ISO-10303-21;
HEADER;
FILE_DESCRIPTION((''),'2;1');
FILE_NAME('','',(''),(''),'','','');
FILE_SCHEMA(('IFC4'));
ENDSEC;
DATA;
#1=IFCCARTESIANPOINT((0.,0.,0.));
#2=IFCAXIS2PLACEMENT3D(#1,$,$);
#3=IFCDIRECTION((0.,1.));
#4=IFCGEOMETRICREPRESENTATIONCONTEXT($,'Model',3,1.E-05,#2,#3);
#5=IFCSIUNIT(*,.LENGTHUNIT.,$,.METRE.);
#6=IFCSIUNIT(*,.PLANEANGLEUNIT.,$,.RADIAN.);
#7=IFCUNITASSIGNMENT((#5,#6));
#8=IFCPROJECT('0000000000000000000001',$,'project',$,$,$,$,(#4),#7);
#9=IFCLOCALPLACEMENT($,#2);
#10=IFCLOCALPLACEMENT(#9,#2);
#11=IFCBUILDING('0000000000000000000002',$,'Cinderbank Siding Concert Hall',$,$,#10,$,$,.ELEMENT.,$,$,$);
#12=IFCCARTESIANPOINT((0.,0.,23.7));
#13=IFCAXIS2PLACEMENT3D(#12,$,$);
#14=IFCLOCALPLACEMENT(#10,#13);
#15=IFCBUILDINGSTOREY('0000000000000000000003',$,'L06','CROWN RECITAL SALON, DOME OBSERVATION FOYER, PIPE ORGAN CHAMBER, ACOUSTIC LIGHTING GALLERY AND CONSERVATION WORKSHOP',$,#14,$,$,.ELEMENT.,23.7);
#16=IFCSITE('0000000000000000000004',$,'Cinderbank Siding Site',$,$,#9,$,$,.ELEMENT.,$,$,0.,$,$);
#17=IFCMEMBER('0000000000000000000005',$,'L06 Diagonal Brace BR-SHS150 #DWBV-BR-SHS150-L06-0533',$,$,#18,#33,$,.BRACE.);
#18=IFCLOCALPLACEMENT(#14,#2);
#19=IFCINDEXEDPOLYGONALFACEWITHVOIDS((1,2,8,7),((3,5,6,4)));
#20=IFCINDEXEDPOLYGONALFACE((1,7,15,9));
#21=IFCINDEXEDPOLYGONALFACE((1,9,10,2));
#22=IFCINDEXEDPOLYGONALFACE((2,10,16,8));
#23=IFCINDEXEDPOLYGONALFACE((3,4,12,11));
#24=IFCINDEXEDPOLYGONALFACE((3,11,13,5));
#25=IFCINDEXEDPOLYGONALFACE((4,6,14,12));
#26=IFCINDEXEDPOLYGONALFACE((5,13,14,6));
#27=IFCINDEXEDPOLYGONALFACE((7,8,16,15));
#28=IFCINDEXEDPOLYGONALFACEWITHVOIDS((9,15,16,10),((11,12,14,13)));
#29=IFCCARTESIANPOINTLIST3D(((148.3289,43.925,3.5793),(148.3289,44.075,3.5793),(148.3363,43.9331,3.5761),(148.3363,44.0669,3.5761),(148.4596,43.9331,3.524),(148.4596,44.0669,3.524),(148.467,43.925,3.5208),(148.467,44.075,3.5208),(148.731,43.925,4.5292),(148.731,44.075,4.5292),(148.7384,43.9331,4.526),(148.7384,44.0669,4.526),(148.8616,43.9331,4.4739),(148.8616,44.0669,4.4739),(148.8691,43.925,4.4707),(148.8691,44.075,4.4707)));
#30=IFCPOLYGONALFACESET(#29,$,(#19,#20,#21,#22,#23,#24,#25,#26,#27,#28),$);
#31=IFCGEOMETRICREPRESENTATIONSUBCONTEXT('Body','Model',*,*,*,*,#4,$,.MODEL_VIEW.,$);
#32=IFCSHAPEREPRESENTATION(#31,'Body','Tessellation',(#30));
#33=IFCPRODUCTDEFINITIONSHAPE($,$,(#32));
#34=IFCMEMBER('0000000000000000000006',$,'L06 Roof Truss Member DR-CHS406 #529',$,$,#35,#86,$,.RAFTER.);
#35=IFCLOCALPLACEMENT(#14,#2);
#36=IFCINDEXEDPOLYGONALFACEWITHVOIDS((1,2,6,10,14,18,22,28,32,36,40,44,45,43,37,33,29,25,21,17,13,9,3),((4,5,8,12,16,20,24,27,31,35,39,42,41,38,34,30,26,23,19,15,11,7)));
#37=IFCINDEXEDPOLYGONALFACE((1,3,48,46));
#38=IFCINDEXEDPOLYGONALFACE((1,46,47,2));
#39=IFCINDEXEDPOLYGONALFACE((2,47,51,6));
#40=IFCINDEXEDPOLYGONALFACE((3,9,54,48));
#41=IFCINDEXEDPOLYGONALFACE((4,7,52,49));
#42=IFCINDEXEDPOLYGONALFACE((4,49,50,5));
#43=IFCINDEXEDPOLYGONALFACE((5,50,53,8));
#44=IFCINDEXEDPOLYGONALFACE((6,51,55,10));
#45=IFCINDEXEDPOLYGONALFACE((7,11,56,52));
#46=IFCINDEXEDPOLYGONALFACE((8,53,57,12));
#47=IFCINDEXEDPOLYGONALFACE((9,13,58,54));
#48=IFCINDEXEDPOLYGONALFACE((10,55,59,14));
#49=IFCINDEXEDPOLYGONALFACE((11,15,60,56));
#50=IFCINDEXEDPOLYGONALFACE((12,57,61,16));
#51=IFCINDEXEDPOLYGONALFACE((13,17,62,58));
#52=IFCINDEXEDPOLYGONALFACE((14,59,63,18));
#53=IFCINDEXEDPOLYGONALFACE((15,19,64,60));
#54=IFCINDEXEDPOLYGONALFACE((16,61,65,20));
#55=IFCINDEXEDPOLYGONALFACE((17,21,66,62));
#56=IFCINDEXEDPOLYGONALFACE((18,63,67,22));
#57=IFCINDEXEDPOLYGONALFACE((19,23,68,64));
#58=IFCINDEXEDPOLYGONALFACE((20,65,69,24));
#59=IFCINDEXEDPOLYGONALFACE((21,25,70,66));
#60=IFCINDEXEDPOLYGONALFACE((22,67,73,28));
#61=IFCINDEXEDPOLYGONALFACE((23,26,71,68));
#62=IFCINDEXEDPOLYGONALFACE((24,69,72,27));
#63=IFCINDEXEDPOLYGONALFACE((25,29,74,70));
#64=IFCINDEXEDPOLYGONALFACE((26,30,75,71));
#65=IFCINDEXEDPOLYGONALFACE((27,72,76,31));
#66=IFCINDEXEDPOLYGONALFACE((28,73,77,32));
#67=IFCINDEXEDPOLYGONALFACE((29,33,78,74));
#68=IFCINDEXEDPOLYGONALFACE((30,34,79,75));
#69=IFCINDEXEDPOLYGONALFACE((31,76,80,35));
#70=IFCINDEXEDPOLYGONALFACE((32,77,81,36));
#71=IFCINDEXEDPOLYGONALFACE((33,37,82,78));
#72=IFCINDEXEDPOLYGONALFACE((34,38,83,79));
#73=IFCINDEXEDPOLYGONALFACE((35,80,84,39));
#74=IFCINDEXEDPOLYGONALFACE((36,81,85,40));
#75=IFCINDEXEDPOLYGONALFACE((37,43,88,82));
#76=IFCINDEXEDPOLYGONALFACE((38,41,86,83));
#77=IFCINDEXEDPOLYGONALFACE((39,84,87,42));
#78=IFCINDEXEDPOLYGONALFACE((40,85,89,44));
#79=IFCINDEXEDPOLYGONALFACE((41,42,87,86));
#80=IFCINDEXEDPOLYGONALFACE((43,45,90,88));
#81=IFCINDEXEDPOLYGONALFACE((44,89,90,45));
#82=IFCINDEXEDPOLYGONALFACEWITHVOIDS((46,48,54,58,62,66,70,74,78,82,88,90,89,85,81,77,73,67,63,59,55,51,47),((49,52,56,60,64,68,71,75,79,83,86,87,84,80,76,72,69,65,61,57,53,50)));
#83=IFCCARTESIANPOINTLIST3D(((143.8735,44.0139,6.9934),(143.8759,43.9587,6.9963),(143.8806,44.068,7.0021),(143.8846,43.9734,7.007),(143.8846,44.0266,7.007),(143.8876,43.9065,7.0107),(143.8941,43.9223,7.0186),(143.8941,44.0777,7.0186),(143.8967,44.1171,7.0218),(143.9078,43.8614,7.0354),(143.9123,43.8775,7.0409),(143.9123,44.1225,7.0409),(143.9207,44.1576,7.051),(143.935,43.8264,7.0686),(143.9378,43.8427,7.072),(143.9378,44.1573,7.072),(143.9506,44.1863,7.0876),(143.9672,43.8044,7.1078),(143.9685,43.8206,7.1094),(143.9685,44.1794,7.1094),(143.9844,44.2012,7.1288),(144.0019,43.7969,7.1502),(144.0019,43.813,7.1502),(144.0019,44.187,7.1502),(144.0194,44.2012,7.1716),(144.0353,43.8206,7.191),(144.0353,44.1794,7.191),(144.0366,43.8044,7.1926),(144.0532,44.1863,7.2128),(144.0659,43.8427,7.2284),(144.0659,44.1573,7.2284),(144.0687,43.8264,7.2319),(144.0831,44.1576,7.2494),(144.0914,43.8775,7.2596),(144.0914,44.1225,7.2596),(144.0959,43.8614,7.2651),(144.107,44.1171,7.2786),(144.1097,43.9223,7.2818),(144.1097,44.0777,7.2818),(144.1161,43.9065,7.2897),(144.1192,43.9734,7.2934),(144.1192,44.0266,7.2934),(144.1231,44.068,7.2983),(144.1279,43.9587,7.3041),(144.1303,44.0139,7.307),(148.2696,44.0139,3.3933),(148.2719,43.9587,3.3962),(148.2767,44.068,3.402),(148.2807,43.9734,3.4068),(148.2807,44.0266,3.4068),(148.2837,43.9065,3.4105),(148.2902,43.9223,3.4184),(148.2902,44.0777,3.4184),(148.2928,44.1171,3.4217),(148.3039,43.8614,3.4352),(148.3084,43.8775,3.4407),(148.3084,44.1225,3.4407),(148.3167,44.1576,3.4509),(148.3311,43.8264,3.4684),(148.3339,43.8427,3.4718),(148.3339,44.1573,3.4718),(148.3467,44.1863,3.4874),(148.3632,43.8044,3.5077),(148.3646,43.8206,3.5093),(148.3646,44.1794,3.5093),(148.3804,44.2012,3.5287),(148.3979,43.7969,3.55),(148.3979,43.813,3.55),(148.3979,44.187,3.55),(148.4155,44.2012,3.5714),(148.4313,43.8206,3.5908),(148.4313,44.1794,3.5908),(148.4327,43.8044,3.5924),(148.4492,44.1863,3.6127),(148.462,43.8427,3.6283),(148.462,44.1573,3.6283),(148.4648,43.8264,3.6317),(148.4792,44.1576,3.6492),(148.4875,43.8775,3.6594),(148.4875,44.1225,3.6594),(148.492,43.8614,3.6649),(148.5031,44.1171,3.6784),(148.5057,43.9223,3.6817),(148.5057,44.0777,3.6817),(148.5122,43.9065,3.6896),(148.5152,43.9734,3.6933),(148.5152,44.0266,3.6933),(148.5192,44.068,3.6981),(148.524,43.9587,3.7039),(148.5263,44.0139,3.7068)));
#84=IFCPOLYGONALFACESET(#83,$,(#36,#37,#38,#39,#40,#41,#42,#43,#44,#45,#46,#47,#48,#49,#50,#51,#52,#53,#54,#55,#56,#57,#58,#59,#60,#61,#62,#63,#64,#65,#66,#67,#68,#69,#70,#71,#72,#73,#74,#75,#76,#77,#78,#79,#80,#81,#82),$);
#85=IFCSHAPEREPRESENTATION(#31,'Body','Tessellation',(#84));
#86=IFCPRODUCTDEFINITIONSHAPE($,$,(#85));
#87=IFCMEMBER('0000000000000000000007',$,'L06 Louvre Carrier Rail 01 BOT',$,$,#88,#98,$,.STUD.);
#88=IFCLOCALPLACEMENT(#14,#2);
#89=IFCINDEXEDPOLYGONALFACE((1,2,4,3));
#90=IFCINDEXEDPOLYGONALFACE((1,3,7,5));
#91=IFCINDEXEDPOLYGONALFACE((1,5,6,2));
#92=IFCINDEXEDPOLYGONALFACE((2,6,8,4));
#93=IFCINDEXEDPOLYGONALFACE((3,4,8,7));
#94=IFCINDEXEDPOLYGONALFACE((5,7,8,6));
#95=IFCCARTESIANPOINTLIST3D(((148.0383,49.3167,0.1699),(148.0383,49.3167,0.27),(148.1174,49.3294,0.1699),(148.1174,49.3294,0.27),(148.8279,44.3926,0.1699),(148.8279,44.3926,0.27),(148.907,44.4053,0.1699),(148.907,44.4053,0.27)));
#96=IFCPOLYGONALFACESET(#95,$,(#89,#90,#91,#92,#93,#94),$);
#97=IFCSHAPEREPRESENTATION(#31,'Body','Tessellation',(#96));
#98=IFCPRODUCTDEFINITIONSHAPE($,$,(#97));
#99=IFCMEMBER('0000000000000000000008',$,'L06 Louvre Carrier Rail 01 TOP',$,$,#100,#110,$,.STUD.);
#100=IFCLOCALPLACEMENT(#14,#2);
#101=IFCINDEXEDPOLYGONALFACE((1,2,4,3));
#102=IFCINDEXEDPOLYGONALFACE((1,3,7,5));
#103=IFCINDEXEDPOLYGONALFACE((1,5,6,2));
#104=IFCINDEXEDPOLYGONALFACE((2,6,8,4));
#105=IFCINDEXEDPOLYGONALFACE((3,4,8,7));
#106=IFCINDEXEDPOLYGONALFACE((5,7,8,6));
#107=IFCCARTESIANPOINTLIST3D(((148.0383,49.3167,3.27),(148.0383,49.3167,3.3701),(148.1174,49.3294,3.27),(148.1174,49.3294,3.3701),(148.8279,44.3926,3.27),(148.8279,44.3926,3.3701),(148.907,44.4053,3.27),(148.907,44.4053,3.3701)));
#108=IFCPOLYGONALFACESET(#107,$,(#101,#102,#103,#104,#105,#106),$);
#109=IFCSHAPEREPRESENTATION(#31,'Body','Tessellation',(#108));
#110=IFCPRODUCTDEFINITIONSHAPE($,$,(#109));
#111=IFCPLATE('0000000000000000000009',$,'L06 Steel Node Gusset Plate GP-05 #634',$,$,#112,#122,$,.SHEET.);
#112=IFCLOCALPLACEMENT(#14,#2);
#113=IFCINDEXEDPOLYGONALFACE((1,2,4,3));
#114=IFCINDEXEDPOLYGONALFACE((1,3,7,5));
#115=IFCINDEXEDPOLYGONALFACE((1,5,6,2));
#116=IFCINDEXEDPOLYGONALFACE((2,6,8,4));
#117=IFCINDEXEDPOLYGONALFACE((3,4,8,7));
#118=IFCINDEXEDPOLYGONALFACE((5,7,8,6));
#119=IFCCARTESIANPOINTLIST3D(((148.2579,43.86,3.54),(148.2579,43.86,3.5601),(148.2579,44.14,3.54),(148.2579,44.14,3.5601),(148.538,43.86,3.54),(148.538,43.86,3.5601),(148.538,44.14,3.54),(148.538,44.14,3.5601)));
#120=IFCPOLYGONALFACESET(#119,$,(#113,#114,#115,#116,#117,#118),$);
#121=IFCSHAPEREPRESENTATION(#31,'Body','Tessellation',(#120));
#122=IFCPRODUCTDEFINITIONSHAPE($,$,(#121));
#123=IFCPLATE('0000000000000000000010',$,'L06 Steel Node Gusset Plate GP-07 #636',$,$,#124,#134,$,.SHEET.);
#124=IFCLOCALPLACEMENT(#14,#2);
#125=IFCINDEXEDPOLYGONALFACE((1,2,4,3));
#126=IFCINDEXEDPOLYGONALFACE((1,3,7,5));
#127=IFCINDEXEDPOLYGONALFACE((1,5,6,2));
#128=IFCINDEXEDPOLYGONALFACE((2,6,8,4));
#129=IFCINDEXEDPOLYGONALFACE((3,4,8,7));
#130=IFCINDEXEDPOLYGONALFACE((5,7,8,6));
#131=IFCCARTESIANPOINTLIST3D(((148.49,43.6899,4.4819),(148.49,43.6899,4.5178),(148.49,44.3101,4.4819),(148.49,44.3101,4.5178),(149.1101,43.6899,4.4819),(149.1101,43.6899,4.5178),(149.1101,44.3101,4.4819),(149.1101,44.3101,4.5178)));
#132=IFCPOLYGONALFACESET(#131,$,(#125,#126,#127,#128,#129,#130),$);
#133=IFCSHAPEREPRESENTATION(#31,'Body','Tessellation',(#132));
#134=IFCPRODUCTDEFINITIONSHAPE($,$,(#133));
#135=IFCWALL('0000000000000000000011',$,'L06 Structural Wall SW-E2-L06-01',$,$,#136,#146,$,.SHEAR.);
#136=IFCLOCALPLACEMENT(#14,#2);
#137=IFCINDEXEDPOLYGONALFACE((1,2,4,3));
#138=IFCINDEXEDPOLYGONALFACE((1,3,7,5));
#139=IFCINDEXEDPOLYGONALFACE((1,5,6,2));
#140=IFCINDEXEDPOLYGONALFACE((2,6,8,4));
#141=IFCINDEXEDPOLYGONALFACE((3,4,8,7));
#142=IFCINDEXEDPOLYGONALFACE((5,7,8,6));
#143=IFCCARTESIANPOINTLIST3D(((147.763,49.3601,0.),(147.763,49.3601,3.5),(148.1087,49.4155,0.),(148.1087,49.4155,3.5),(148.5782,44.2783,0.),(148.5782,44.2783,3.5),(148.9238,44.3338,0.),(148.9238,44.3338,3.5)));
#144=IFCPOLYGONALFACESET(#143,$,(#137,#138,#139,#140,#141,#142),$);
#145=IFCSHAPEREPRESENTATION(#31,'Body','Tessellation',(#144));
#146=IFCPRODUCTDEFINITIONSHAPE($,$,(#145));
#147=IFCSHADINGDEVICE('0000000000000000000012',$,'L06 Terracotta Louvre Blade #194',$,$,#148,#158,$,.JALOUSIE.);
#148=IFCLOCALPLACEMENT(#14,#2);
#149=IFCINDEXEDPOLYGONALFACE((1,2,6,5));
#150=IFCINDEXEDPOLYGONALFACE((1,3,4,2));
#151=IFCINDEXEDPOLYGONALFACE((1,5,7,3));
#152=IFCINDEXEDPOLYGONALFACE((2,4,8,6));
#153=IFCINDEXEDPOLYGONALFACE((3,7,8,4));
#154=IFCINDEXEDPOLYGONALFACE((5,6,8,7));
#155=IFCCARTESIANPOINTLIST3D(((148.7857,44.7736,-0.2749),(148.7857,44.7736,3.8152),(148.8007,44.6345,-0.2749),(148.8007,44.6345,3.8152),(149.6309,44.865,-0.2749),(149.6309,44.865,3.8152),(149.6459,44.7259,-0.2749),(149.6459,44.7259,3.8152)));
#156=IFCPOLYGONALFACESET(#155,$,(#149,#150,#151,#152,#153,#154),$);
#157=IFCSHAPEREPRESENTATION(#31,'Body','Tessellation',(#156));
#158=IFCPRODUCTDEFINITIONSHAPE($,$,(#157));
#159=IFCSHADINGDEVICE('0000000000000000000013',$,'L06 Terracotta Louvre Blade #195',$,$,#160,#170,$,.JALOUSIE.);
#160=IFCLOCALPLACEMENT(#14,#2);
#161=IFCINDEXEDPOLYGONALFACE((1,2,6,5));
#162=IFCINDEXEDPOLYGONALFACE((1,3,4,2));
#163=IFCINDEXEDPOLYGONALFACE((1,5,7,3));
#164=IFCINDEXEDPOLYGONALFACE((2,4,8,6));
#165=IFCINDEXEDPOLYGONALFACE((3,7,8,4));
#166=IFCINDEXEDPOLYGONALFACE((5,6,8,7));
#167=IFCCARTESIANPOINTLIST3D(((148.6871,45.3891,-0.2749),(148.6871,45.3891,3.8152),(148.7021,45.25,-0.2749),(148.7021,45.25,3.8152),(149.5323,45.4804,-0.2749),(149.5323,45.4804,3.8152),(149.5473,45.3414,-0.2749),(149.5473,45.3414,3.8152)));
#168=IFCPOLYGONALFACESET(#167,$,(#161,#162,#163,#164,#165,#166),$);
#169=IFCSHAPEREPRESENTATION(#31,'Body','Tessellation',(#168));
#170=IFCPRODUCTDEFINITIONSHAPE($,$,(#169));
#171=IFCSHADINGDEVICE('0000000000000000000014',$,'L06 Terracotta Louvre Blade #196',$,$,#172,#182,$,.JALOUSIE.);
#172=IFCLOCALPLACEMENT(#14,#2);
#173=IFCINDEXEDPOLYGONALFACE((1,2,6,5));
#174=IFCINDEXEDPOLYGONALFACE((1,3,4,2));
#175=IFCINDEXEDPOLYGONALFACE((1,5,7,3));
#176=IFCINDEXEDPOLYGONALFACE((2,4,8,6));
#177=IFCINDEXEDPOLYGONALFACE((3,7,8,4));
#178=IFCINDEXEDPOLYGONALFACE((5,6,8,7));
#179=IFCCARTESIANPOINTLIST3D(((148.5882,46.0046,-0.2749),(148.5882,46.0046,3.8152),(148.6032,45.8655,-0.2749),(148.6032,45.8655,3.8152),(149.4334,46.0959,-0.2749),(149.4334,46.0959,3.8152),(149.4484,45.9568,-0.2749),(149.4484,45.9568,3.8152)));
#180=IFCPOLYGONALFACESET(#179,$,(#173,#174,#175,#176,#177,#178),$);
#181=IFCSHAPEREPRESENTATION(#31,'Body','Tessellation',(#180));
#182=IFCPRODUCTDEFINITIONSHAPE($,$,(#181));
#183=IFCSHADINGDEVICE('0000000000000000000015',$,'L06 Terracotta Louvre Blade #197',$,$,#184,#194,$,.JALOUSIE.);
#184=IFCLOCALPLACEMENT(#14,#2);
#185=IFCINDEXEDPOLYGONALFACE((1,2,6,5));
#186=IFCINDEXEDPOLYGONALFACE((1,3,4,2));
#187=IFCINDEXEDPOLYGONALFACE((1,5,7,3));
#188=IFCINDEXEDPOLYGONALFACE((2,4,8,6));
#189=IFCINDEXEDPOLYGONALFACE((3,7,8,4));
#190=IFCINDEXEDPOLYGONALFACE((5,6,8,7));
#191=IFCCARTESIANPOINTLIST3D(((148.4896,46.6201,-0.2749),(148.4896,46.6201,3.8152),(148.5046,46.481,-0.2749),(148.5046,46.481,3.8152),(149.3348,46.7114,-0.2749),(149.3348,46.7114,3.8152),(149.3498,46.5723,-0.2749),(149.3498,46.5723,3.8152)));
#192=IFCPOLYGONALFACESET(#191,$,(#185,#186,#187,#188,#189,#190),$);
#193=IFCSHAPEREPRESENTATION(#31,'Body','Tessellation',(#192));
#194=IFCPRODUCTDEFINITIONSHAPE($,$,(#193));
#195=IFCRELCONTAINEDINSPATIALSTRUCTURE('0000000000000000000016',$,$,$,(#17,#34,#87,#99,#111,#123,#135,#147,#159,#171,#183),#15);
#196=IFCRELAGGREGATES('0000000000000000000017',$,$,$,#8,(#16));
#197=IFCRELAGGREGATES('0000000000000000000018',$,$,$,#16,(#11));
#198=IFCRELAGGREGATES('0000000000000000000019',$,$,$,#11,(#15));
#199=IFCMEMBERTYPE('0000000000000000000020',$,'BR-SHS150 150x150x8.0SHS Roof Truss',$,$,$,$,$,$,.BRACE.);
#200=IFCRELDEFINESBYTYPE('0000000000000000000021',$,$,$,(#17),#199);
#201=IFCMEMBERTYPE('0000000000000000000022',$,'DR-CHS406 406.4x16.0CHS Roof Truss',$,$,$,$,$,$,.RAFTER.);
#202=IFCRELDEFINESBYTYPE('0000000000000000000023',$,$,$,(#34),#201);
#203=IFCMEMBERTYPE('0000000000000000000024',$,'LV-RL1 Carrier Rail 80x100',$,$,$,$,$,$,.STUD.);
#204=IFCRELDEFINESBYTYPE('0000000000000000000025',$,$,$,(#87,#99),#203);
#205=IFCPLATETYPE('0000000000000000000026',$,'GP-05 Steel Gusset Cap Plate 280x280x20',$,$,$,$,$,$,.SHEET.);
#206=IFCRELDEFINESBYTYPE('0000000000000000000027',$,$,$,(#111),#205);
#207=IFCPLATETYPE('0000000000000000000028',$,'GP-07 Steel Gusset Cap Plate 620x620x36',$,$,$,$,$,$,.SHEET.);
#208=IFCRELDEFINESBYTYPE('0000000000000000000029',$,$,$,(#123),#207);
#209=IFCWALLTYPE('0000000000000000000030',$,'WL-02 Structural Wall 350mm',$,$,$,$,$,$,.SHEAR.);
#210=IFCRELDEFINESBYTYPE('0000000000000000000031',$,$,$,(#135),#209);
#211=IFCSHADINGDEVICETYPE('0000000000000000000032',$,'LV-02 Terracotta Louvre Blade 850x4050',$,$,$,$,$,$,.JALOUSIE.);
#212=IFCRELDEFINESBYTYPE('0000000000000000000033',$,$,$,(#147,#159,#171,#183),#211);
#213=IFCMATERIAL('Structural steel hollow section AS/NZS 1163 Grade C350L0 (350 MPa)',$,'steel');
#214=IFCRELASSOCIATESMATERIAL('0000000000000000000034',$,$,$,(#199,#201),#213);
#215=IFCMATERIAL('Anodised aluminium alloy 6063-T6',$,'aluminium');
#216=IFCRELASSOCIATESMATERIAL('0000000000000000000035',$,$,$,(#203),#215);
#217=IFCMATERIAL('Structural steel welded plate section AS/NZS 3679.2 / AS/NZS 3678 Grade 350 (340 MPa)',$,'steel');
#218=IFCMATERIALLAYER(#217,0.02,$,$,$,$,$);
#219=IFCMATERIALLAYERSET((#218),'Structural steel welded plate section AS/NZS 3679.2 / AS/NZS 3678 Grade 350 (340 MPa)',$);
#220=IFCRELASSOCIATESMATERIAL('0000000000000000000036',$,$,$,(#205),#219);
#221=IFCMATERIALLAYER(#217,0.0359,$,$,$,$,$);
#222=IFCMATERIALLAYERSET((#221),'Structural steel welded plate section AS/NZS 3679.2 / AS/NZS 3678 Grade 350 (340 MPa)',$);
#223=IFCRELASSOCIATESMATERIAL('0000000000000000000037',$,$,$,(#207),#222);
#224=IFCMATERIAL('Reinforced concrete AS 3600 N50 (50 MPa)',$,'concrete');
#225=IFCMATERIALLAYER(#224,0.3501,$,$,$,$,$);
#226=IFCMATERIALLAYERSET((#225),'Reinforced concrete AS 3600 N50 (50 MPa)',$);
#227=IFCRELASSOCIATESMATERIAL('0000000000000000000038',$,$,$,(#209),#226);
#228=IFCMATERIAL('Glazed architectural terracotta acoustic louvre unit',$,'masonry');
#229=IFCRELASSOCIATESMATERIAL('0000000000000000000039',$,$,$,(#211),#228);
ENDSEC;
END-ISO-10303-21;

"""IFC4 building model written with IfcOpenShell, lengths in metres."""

from ifc_helpers import new_model, si_unit, direction, frame, frame_2d, origin, origin_2d, place, context, subcontext, project, spatial, rectangle, hollow_rectangle, hollow_circle, extrude, material, layer, layer_set, material_profile, profile_set, type_object, element, save


model = new_model("IFC4")

# Units and contexts
model_context = context("Model", 3, precision=1e-05, world=origin(), true_north=direction((0.0, 1.0)))
body_context = subcontext(model_context, "Body", "Model", "MODEL_VIEW")
ifc_project = project(units=[si_unit("LENGTHUNIT", "METRE"), si_unit("PLANEANGLEUNIT", "RADIAN")], contexts=[model_context])

# Site, building, storey
site_placement = place(None, origin())
site = spatial("IfcSite", under=ifc_project, at=site_placement, Name="Cinderbank Siding Site", CompositionType="ELEMENT", RefElevation=0.0)
building_placement = place(site_placement, origin())
building = spatial("IfcBuilding", under=site, at=building_placement, Name="Cinderbank Siding Concert Hall", CompositionType="ELEMENT")
storey_placement = place(building_placement, frame((0.0, 0.0, 23.7)))
storey = spatial("IfcBuildingStorey", under=building, at=storey_placement, Name="L06", Description="CROWN RECITAL SALON, DOME OBSERVATION FOYER, PIPE ORGAN CHAMBER, ACOUSTIC LIGHTING GALLERY AND CONSERVATION WORKSHOP", CompositionType="ELEMENT", Elevation=23.7)

# Shared definitions
ifc_material_1 = material(Name="Reinforced concrete AS 3600 N50 (50 MPa)", Category="concrete")

# Shared definitions
ifc_material_2 = material(Name="Structural steel welded plate section AS/NZS 3679.2 / AS/NZS 3678 Grade 350 (340 MPa)", Category="steel")

# Members
ifc_material_3 = material(Name="Structural steel hollow section AS/NZS 1163 Grade C350L0 (350 MPa)", Category="steel")
ifc_material_profile_1 = material_profile(ifc_material_3, hollow_rectangle(XDim=0.1499, YDim=0.1499, WallThickness=0.0081, at=origin_2d()), Name="150x150x8.0SHS", Category="LoadBearing")
ifc_profile_set_1 = profile_set([ifc_material_profile_1], Name="Structural steel hollow section AS/NZS 1163 Grade C350L0 (350 MPa)")
member_type_1 = type_object("IfcMemberType", Name="BR-SHS150 150x150x8.0SHS Roof Truss", PredefinedType="BRACE", material=ifc_profile_set_1)
member_1_placement = place(storey_placement, frame((148.3979, 44.0, 3.55), z_axis=(0.389802, 0.0, 0.920899), x_axis=(0.0, 1.0, 0.0)))
element("IfcMember", 1, at=member_1_placement, inside=storey, type_object=member_type_1, Name="L06 Diagonal Brace BR-SHS150 #DWBV-BR-SHS150-L06-0533", PredefinedType="BRACE", context=body_context, shape_type="SweptSolid", body=[
    extrude(hollow_rectangle(XDim=0.1499, YDim=0.1499, WallThickness=0.0081, at=origin_2d()), origin(), (0.0, 0.0, 1.0), 1.0315),
])
ifc_material_profile_2 = material_profile(ifc_material_3, hollow_circle(Radius=0.2031, WallThickness=0.0161, at=origin_2d()), Name="406.4x16.0CHS", Category="LoadBearing")
ifc_profile_set_2 = profile_set([ifc_material_profile_2], Name="Structural steel hollow section AS/NZS 1163 Grade C350L0 (350 MPa)")
member_type_2 = type_object("IfcMemberType", Name="DR-CHS406 406.4x16.0CHS Roof Truss", PredefinedType="RAFTER", material=ifc_profile_set_2)
member_2_placement = place(storey_placement, frame((148.3979, 44.0, 3.55), z_axis=(-0.773666, 0.0, 0.633593), x_axis=(0.0, -1.0, 0.0)))
element("IfcMember", 2, at=member_2_placement, inside=storey, type_object=member_type_2, Name="L06 Roof Truss Member DR-CHS406 #529", PredefinedType="RAFTER", context=body_context, shape_type="SweptSolid", body=[
    extrude(hollow_circle(Radius=0.2031, WallThickness=0.0161, at=origin_2d()), origin(), (0.0, 0.0, 1.0), 5.6821),
])
ifc_material_4 = material(Name="Anodised aluminium alloy 6063-T6", Category="aluminium")
ifc_material_profile_3 = material_profile(ifc_material_4, rectangle(XDim=0.0801, YDim=0.1001, at=origin_2d()), Name="ALU-RAIL-80x100", Category="LoadBearing")
ifc_profile_set_3 = profile_set([ifc_material_profile_3], Name="Anodised aluminium alloy 6063-T6")
member_type_3 = type_object("IfcMemberType", Name="LV-RL1 Carrier Rail 80x100", PredefinedType="STUD", material=ifc_profile_set_3)
for number, where, z_axis, x_axis, name in (
    (3, (148.8674, 44.3989, 0.22), (-0.158323, 0.987387, 0.0), (-0.987387, -0.158323, 0.0), "L06 Louvre Carrier Rail 01 BOT"),
    (4, (148.8674, 44.3989, 3.3201), (-0.158323, 0.987387, 0.0), (-0.987387, -0.158323, 0.0), "L06 Louvre Carrier Rail 01 TOP"),
):
    element("IfcMember", number, at=place(storey_placement, frame(where, z_axis=z_axis, x_axis=x_axis)), inside=storey, type_object=member_type_3, Name=name, PredefinedType="STUD", context=body_context, shape_type="SweptSolid", body=[
        extrude(rectangle(XDim=0.0801, YDim=0.1001, at=origin_2d()), origin(), (0.0, 0.0, 1.0), 4.9871),
    ])

# Plates
ifc_layer_1 = layer(ifc_material_2, 0.02)
ifc_layer_set_1 = layer_set([ifc_layer_1], Name="Structural steel welded plate section AS/NZS 3679.2 / AS/NZS 3678 Grade 350 (340 MPa)")
plate_type_1 = type_object("IfcPlateType", Name="GP-05 Steel Gusset Cap Plate 280x280x20", PredefinedType="SHEET", material=ifc_layer_set_1)
plate_1_placement = place(storey_placement, frame((148.3979, 44.0, 3.54), z_axis=(0.0, 0.0, 1.0), x_axis=(-1.0, 0.0, 0.0)))
element("IfcPlate", 5, at=plate_1_placement, inside=storey, type_object=plate_type_1, Name="L06 Steel Node Gusset Plate GP-05 #634", PredefinedType="SHEET", context=body_context, shape_type="SweptSolid", body=[
    extrude(rectangle(XDim=0.28, YDim=0.28, at=origin_2d()), origin(), (0.0, 0.0, 1.0), 0.02),
])
ifc_layer_2 = layer(ifc_material_2, 0.0359)
ifc_layer_set_2 = layer_set([ifc_layer_2], Name="Structural steel welded plate section AS/NZS 3679.2 / AS/NZS 3678 Grade 350 (340 MPa)")
plate_type_2 = type_object("IfcPlateType", Name="GP-07 Steel Gusset Cap Plate 620x620x36", PredefinedType="SHEET", material=ifc_layer_set_2)
plate_2_placement = place(storey_placement, frame((148.8, 44.0, 4.4819), z_axis=(0.0, 0.0, 1.0), x_axis=(1.0, 0.0, 0.0)))
element("IfcPlate", 6, at=plate_2_placement, inside=storey, type_object=plate_type_2, Name="L06 Steel Node Gusset Plate GP-07 #636", PredefinedType="SHEET", context=body_context, shape_type="SweptSolid", body=[
    extrude(rectangle(XDim=0.6201, YDim=0.6201, at=origin_2d()), origin(), (0.0, 0.0, 1.0), 0.0359),
])

# Wall
ifc_layer_3 = layer(ifc_material_1, 0.3501)
ifc_layer_set_3 = layer_set([ifc_layer_3], Name="Reinforced concrete AS 3600 N50 (50 MPa)")
wall_type = type_object("IfcWallType", Name="WL-02 Structural Wall 350mm", PredefinedType="SHEAR", material=ifc_layer_set_3)
wall_placement = place(storey_placement, frame((148.751, 44.3062, 0.0), z_axis=(0.0, 0.0, 1.0), x_axis=(-0.158388, 0.987377, 0.0)))
element("IfcWall", 7, at=wall_placement, inside=storey, type_object=wall_type, Name="L06 Structural Wall SW-E2-L06-01", PredefinedType="SHEAR", context=body_context, shape_type="SweptSolid", body=[
    extrude(rectangle(XDim=5.1467, YDim=0.3501, at=frame_2d((2.5732, 0.0))), origin(), (0.0, 0.0, 1.0), 3.5),
])

# Shading devices
ifc_material_5 = material(Name="Glazed architectural terracotta acoustic louvre unit", Category="masonry")
shading_device_type = type_object("IfcShadingDeviceType", Name="LV-02 Terracotta Louvre Blade 850x4050", PredefinedType="JALOUSIE", material=ifc_material_5)
for number, where, z_axis, x_axis, name in (
    (8, (149.2158, 44.7498, -0.2749), (0.0, 0.0, 1.0), (0.994211, 0.107447, 0.0), "L06 Terracotta Louvre Blade #194"),
    (9, (149.1172, 45.3652, -0.2749), (0.0, 0.0, 1.0), (0.994211, 0.107447, 0.0), "L06 Terracotta Louvre Blade #195"),
    (10, (149.0183, 45.9807, -0.2749), (0.0, 0.0, 1.0), (0.994211, 0.107447, 0.0), "L06 Terracotta Louvre Blade #196"),
    (11, (148.9197, 46.5962, -0.2749), (0.0, 0.0, 1.0), (0.994211, 0.107447, 0.0), "L06 Terracotta Louvre Blade #197"),
):
    element("IfcShadingDevice", number, at=place(storey_placement, frame(where, z_axis=z_axis, x_axis=x_axis)), inside=storey, type_object=shading_device_type, Name=name, PredefinedType="JALOUSIE", context=body_context, shape_type="SweptSolid", body=[
        extrude(rectangle(XDim=0.8501, YDim=0.1399, at=origin_2d()), origin(), (0.0, 0.0, 1.0), 4.0901),
    ])

save(model, "model.ifc")
